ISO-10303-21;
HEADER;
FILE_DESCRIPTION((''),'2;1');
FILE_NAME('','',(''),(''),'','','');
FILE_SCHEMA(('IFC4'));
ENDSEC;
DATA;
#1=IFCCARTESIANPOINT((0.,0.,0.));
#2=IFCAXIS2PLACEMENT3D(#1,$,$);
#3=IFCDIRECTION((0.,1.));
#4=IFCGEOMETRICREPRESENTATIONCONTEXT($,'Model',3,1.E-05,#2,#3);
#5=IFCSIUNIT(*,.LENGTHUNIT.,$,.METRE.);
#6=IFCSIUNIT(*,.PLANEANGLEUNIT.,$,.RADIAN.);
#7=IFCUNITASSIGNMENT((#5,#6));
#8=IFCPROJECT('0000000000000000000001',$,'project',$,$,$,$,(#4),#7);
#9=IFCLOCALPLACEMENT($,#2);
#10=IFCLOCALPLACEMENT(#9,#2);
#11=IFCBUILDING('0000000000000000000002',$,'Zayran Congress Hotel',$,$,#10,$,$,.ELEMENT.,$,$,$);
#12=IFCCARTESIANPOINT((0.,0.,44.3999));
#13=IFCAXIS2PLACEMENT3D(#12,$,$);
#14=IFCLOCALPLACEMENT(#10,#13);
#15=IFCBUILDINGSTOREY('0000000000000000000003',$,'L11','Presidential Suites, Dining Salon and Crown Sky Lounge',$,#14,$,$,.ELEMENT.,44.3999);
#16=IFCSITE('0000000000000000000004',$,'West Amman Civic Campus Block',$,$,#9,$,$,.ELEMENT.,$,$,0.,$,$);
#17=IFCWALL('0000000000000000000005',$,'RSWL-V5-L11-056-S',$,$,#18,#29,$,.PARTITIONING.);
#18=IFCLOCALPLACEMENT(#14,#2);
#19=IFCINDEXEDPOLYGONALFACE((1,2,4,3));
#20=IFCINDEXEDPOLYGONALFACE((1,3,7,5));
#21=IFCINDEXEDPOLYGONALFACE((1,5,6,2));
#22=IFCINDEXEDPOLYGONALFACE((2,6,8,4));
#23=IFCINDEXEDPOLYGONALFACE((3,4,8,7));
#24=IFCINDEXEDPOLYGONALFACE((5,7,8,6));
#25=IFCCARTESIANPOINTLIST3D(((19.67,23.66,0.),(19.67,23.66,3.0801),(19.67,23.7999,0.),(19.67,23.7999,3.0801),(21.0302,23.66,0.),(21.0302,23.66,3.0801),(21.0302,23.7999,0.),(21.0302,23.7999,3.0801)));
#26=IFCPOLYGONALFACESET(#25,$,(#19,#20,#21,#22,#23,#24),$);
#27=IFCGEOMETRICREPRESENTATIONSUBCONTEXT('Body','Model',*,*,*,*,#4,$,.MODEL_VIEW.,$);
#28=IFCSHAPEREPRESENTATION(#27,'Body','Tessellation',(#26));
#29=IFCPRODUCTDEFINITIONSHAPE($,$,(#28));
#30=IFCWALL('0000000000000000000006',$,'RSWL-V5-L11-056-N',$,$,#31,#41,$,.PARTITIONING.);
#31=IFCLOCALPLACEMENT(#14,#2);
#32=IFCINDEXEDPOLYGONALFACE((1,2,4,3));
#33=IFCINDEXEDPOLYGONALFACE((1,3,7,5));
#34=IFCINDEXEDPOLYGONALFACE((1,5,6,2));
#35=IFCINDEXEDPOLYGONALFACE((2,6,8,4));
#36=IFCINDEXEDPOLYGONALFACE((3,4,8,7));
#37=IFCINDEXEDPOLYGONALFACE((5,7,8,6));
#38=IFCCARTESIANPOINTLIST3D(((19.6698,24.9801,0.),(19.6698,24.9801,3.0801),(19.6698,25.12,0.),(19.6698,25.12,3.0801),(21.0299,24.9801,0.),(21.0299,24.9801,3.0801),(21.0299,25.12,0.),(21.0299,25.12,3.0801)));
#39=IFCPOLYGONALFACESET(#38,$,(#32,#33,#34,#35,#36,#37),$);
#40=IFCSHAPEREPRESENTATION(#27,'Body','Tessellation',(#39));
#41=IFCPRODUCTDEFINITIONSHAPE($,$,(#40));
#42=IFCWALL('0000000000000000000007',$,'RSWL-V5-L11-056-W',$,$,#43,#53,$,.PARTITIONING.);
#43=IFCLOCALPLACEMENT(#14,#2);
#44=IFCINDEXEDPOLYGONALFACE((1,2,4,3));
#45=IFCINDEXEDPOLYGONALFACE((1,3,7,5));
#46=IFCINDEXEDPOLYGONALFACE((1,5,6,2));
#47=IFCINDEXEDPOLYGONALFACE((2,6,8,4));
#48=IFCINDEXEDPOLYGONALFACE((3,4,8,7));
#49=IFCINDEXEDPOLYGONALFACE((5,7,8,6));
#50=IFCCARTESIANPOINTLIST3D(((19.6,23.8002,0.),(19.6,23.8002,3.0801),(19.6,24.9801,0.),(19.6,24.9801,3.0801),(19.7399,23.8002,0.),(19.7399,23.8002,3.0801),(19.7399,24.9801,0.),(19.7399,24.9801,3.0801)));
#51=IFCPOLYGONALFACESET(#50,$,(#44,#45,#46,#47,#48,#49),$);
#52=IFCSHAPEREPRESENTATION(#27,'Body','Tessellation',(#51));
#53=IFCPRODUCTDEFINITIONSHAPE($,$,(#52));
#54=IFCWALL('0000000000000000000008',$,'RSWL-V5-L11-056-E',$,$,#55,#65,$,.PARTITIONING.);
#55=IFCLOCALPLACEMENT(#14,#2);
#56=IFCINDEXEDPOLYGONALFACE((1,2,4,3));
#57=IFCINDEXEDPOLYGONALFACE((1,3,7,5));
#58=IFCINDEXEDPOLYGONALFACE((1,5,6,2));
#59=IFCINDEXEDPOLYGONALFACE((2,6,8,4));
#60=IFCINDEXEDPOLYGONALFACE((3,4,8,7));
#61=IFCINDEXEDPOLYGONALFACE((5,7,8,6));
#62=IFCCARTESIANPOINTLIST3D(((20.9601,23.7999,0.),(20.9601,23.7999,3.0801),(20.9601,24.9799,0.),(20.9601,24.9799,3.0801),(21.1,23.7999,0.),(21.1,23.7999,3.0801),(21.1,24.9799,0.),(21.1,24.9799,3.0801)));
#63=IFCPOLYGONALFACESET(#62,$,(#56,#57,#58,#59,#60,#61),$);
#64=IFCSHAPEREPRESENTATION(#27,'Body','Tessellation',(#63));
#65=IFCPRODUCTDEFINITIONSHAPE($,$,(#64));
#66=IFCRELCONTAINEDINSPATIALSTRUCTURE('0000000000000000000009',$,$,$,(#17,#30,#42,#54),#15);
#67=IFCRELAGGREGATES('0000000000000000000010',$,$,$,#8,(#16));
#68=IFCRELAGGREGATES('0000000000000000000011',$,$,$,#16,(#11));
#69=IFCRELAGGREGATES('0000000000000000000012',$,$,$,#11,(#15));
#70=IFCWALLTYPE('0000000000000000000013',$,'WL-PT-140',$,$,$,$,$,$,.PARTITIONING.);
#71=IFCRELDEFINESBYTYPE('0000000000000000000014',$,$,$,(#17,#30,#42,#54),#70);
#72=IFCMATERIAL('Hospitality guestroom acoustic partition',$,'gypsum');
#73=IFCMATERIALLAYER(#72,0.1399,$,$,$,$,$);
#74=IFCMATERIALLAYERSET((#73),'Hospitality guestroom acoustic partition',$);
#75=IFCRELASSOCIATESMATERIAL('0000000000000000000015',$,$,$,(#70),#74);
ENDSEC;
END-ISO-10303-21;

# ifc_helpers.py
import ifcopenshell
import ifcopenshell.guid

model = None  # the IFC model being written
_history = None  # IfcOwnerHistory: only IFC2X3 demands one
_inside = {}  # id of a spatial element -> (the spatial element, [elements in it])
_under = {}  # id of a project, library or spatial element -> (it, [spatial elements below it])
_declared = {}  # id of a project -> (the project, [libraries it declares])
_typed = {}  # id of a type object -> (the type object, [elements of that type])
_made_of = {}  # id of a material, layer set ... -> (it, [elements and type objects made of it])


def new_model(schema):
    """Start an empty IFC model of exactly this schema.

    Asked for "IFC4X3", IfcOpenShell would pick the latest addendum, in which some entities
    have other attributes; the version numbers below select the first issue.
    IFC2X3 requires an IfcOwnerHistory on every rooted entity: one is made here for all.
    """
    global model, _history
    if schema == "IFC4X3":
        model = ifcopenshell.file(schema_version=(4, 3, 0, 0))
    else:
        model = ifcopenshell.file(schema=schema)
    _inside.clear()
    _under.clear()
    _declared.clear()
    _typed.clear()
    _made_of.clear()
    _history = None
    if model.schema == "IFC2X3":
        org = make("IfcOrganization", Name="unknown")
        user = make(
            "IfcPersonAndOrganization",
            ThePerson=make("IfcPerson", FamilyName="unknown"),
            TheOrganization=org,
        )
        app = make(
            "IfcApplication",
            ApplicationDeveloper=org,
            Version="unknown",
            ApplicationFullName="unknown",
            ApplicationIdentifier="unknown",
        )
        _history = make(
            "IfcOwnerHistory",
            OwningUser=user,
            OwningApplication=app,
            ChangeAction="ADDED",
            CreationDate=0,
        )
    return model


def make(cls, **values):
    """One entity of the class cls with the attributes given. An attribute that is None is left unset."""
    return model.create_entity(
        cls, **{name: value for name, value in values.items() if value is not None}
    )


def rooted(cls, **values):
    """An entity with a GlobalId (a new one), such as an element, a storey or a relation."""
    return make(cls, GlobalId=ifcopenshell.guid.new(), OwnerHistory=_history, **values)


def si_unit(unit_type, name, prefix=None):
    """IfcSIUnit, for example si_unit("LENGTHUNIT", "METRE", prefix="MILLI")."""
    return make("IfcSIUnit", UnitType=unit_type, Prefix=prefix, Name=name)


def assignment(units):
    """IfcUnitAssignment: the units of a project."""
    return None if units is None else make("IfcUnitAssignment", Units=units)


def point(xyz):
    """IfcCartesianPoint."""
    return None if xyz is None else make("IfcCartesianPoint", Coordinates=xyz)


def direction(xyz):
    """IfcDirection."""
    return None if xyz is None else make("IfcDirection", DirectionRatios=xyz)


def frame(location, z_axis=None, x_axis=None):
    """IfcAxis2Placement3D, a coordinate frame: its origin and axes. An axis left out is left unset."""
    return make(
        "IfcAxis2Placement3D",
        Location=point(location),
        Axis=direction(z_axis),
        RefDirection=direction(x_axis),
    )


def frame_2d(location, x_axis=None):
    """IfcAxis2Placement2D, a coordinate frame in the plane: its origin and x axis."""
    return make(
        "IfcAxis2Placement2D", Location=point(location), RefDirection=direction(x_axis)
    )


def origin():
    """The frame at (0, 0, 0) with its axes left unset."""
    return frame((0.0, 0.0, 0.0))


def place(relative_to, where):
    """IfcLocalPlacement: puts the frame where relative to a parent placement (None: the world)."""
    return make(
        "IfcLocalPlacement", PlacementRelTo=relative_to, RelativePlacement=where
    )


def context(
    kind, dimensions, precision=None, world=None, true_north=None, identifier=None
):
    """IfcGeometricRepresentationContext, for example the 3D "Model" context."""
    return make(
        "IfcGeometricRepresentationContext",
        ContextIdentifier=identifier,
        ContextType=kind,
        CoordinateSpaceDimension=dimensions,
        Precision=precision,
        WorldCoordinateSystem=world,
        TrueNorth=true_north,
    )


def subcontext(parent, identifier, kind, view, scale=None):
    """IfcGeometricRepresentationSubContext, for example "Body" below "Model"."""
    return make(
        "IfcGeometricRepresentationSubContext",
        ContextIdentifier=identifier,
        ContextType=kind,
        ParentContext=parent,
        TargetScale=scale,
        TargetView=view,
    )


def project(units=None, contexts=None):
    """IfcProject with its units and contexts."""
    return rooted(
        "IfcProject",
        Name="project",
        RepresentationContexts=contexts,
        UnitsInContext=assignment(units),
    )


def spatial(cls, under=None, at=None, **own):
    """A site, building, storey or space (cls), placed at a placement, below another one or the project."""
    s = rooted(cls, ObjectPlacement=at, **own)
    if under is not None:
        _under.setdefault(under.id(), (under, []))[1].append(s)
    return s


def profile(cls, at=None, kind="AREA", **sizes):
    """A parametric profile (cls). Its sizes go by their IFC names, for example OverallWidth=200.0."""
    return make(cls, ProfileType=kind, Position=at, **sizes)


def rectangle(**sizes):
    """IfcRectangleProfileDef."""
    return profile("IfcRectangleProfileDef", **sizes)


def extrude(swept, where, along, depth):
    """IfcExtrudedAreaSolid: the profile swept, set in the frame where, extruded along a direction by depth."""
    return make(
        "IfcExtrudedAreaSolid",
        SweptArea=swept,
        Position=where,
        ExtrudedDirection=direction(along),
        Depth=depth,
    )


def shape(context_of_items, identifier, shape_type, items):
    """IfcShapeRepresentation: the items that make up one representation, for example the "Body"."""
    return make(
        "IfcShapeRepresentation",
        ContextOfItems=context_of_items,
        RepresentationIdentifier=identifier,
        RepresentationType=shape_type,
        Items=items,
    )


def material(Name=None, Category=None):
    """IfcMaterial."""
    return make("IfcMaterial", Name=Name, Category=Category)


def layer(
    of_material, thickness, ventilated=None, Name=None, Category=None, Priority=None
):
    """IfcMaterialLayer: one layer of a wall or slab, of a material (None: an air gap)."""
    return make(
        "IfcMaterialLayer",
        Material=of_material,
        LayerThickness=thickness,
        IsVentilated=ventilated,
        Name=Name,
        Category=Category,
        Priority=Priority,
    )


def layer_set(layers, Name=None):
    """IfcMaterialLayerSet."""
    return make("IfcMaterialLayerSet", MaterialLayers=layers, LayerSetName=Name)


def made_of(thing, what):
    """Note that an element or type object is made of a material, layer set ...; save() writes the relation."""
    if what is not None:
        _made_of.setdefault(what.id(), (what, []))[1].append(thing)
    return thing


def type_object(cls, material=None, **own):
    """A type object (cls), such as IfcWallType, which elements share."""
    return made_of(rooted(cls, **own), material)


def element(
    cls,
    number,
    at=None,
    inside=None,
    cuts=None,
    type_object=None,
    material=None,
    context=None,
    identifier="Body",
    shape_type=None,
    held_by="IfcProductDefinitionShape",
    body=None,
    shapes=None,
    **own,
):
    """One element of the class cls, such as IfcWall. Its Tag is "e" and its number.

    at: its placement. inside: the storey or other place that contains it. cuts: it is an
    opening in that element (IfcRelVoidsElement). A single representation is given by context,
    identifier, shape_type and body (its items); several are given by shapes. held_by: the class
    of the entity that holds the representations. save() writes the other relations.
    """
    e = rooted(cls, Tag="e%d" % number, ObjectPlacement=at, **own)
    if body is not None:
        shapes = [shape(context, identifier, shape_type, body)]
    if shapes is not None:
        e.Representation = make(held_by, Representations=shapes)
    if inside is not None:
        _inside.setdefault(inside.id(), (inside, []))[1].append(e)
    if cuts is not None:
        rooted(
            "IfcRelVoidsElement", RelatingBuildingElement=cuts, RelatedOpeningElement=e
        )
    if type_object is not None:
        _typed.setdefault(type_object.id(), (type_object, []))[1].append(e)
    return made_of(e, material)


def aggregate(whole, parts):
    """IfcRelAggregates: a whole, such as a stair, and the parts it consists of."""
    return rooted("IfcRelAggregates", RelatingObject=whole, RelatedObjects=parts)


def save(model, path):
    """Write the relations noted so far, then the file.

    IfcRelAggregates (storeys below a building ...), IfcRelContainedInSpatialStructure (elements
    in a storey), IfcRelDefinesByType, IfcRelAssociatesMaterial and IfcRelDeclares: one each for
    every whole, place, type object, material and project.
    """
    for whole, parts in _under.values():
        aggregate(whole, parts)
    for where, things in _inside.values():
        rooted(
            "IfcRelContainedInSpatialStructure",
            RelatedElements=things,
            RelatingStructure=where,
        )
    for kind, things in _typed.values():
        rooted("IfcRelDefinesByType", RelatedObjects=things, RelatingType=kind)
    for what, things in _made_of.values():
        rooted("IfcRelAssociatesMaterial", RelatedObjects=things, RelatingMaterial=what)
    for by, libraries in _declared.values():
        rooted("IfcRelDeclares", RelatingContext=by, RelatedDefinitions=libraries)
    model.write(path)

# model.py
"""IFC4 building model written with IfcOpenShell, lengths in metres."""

from ifc_helpers import new_model, si_unit, direction, frame, frame_2d, origin, place, context, subcontext, project, spatial, rectangle, extrude, material, layer, layer_set, type_object, element, save


model = new_model("IFC4")

# Units and contexts
model_context = context("Model", 3, precision=1e-05, world=origin(), true_north=direction((0.0, 1.0)))
body_context = subcontext(model_context, "Body", "Model", "MODEL_VIEW")
ifc_project = project(units=[si_unit("LENGTHUNIT", "METRE"), si_unit("PLANEANGLEUNIT", "RADIAN")], contexts=[model_context])

# Site, building, storey
site_placement = place(None, origin())
site = spatial("IfcSite", under=ifc_project, at=site_placement, Name="West Amman Civic Campus Block", CompositionType="ELEMENT", RefElevation=0.0)
building_placement = place(site_placement, origin())
building = spatial("IfcBuilding", under=site, at=building_placement, Name="Zayran Congress Hotel", CompositionType="ELEMENT")
storey_placement = place(building_placement, frame((0.0, 0.0, 44.3999)))
storey = spatial("IfcBuildingStorey", under=building, at=storey_placement, Name="L11", Description="Presidential Suites, Dining Salon and Crown Sky Lounge", CompositionType="ELEMENT", Elevation=44.3999)

# Walls
ifc_material_1 = material(Name="Hospitality guestroom acoustic partition", Category="gypsum")
ifc_layer_1 = layer(ifc_material_1, 0.1399)
ifc_layer_set_1 = layer_set([ifc_layer_1], Name="Hospitality guestroom acoustic partition")
wall_type_1 = type_object("IfcWallType", Name="WL-PT-140", PredefinedType="PARTITIONING", material=ifc_layer_set_1)
for number, where, z_axis, x_axis, name in (
    (1, (19.6699, 23.73, 0.0), (0.0, 0.0, 1.0), (1.0, 0.0, 0.0), "RSWL-V5-L11-056-S"),
    (2, (21.03, 25.05, 0.0), (0.0, 0.0, 1.0), (-1.0, 0.0, 0.0), "RSWL-V5-L11-056-N"),
):
    element("IfcWall", number, at=place(storey_placement, frame(where, z_axis=z_axis, x_axis=x_axis)), inside=storey, type_object=wall_type_1, Name=name, PredefinedType="PARTITIONING", context=body_context, shape_type="SweptSolid", body=[
        extrude(rectangle(XDim=1.3601, YDim=0.1399, at=frame_2d((0.6802, 0.0))), origin(), (0.0, 0.0, 1.0), 3.0801),
    ])
for number, where, z_axis, x_axis, name in (
    (3, (19.6699, 24.98, 0.0), (0.0, 0.0, 1.0), (0.0, -1.0, 0.0), "RSWL-V5-L11-056-W"),
    (4, (21.03, 23.8, 0.0), (0.0, 0.0, 1.0), (0.0, 1.0, 0.0), "RSWL-V5-L11-056-E"),
):
    element("IfcWall", number, at=place(storey_placement, frame(where, z_axis=z_axis, x_axis=x_axis)), inside=storey, type_object=wall_type_1, Name=name, PredefinedType="PARTITIONING", context=body_context, shape_type="SweptSolid", body=[
        extrude(rectangle(XDim=1.1799, YDim=0.1399, at=frame_2d((0.5898, 0.0))), origin(), (0.0, 0.0, 1.0), 3.0801),
    ])

save(model, "model.ifc")
